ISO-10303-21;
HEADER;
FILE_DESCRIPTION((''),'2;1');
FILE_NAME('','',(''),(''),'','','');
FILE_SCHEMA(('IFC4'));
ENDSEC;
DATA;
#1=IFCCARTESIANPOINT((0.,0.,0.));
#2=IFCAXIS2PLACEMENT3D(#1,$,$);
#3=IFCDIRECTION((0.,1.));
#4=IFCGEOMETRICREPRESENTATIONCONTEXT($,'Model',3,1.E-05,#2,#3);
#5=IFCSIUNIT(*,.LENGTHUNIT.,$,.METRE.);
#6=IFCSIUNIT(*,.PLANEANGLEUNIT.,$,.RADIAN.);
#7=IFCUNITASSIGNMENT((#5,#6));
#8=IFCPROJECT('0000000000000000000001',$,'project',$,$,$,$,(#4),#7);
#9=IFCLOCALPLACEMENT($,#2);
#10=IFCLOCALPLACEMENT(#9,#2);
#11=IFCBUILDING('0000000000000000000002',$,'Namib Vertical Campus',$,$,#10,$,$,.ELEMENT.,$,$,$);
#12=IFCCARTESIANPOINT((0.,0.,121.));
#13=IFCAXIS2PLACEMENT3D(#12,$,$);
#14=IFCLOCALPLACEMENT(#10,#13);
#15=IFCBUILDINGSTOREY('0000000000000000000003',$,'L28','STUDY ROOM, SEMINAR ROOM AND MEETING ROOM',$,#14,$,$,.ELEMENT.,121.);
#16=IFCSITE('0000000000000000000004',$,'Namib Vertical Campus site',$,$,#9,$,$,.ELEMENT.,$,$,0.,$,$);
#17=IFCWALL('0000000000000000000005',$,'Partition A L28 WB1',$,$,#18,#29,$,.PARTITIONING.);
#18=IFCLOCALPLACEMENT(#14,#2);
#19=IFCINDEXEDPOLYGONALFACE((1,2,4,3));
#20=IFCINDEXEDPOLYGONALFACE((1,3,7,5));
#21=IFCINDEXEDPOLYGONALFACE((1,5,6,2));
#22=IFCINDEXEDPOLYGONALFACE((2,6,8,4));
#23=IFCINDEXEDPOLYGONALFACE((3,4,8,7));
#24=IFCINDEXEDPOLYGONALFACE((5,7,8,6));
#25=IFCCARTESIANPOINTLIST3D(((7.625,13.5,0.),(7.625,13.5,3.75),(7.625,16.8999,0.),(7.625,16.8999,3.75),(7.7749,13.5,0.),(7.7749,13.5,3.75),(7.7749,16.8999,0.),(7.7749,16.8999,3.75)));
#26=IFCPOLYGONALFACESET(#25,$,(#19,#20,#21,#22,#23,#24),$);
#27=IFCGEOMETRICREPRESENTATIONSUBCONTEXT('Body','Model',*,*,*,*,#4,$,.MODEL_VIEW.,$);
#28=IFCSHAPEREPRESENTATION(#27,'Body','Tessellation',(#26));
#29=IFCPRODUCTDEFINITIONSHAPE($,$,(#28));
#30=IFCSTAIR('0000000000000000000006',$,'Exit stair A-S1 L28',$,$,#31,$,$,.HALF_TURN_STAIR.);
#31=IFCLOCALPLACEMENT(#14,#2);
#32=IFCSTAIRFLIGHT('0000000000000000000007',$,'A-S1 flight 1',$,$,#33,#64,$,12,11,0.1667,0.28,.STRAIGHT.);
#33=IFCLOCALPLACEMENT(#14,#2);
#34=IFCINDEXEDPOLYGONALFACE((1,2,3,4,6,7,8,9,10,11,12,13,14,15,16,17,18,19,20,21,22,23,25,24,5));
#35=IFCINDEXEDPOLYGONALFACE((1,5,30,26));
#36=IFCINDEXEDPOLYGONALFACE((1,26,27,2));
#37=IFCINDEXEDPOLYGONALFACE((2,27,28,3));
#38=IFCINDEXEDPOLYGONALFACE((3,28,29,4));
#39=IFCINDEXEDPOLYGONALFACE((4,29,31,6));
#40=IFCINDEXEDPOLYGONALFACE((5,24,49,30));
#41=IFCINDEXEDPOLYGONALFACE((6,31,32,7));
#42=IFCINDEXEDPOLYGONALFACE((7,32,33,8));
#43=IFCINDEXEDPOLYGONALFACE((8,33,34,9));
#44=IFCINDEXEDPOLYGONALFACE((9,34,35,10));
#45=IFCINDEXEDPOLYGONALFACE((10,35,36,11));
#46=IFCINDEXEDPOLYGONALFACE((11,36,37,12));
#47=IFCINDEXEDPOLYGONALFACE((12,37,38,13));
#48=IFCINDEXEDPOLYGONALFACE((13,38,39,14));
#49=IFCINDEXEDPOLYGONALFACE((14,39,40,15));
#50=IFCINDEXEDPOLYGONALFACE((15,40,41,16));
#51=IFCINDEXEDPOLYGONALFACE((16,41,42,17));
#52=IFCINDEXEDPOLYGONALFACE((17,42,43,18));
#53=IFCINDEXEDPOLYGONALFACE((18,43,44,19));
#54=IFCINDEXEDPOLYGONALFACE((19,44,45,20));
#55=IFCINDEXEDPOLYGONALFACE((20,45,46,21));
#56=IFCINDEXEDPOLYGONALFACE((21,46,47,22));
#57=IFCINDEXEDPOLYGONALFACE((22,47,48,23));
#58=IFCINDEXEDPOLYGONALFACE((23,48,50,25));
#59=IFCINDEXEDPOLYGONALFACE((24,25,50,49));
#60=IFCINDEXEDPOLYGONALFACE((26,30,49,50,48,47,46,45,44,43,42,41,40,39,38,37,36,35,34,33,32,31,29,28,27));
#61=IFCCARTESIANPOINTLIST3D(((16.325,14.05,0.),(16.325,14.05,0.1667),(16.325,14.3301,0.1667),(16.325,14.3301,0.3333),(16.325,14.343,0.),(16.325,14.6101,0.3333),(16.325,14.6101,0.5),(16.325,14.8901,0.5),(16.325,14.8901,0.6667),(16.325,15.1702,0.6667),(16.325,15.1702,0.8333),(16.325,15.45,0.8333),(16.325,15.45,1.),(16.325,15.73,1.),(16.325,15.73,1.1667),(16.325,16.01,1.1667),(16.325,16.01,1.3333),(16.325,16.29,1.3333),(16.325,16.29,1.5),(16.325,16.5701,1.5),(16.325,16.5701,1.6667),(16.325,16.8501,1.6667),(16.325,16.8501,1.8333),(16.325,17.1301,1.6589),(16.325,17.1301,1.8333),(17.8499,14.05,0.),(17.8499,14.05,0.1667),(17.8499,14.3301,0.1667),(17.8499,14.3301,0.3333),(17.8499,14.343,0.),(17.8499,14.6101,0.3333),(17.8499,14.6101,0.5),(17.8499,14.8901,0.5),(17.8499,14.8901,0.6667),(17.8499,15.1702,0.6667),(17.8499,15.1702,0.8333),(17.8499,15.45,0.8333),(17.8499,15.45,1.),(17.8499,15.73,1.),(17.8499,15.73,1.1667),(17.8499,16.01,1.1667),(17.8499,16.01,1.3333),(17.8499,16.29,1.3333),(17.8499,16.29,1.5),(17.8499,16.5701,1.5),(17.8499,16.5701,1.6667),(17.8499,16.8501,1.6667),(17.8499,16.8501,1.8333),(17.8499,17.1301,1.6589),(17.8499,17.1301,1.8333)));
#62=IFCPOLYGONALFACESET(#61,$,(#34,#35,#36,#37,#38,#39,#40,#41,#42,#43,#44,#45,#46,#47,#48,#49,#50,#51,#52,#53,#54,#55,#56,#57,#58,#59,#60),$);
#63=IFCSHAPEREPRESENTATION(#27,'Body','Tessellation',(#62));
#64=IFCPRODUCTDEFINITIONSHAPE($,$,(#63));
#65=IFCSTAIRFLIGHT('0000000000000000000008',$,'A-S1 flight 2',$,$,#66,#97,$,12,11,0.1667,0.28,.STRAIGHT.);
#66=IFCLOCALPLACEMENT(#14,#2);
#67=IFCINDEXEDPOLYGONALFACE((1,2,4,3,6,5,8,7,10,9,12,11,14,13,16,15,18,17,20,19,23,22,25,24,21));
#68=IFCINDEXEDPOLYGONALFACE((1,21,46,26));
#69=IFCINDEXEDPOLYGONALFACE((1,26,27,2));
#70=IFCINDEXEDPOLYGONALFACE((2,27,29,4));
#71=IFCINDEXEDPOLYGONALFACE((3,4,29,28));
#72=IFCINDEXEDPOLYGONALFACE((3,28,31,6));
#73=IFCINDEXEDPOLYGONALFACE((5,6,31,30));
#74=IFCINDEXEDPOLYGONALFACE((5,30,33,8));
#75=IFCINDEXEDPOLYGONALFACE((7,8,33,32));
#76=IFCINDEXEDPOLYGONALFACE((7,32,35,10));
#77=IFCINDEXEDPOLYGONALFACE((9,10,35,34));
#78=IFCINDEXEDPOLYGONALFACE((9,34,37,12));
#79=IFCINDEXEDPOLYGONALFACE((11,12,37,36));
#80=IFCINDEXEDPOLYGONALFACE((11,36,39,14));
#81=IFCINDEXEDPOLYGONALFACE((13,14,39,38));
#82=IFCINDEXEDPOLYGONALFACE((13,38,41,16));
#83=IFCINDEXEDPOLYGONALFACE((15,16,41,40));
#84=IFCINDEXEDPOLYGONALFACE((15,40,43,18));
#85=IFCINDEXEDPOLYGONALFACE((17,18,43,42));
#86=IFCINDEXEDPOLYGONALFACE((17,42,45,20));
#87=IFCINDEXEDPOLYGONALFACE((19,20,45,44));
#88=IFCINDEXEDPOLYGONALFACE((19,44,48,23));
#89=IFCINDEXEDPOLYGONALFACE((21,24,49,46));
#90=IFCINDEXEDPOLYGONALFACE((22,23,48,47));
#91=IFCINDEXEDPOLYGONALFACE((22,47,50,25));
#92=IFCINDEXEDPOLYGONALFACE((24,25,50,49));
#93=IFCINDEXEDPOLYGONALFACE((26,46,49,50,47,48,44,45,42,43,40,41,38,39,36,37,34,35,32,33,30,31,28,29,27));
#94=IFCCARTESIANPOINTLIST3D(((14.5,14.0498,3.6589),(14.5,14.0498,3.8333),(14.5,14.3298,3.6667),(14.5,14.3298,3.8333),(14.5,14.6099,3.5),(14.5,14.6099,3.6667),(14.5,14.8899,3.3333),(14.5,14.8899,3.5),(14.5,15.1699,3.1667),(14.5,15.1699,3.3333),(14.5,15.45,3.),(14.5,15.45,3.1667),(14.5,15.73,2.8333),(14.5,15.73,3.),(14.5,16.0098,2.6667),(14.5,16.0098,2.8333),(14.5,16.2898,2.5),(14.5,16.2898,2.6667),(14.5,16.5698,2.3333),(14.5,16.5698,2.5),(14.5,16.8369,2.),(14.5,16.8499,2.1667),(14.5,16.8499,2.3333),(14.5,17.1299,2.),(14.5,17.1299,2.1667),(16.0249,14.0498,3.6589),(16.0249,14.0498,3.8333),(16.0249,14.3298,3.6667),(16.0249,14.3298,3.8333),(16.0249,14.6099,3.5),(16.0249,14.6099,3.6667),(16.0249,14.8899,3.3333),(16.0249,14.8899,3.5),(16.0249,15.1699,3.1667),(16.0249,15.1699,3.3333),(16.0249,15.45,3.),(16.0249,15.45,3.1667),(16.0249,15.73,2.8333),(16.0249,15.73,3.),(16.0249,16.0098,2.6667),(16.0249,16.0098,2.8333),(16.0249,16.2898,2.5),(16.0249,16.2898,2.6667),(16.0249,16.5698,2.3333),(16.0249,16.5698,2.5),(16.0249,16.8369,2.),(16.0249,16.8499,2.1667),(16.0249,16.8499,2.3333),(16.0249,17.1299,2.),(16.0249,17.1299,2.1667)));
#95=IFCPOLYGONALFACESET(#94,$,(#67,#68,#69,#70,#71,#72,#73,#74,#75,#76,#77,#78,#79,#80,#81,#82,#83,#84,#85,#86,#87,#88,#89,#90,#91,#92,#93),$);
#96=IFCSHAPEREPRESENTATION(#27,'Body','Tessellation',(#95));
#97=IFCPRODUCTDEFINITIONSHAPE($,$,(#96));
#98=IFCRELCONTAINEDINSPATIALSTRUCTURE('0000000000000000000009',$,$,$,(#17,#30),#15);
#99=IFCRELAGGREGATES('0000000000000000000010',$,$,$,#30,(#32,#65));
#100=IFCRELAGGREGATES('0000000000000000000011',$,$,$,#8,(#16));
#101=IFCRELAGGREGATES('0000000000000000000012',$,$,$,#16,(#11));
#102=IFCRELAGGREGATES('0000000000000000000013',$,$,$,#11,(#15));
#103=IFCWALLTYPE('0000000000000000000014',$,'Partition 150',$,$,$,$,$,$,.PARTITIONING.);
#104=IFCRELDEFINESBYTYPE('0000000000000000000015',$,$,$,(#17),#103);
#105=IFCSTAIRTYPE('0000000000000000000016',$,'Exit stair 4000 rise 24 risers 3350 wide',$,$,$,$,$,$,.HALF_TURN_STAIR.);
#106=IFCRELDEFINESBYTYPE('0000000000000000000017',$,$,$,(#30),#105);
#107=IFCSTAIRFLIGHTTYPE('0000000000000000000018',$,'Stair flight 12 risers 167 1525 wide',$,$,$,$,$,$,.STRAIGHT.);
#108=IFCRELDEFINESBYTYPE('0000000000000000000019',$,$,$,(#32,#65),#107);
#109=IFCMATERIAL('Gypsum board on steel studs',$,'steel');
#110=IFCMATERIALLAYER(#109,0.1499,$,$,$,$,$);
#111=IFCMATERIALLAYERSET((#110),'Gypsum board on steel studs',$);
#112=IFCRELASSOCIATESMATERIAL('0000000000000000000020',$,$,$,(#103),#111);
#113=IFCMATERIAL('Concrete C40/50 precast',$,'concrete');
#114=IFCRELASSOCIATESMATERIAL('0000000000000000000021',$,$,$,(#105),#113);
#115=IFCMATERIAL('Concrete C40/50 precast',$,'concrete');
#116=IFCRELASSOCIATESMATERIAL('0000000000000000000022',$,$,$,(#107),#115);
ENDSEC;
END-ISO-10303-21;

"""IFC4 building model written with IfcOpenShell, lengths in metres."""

from ifc_helpers import new_model, si_unit, direction, frame, frame_2d, origin, place, context, subcontext, project, spatial, polyline, rectangle, outline, extrude, material, layer, layer_set, type_object, element, aggregate, save


model = new_model("IFC4")

# Units and contexts
model_context = context("Model", 3, precision=1e-05, world=origin(), true_north=direction((0.0, 1.0)))
body_context = subcontext(model_context, "Body", "Model", "MODEL_VIEW")
ifc_project = project(units=[si_unit("LENGTHUNIT", "METRE"), si_unit("PLANEANGLEUNIT", "RADIAN")], contexts=[model_context])

# Site, building, storey
site_placement = place(None, origin())
site = spatial("IfcSite", under=ifc_project, at=site_placement, Name="Namib Vertical Campus site", CompositionType="ELEMENT", RefElevation=0.0)
building_placement = place(site_placement, origin())
building = spatial("IfcBuilding", under=site, at=building_placement, Name="Namib Vertical Campus", CompositionType="ELEMENT")
storey_placement = place(building_placement, frame((0.0, 0.0, 121.0)))
storey = spatial("IfcBuildingStorey", under=building, at=storey_placement, Name="L28", Description="STUDY ROOM, SEMINAR ROOM AND MEETING ROOM", CompositionType="ELEMENT", Elevation=121.0)

# Wall
ifc_material_1 = material(Name="Gypsum board on steel studs", Category="steel")
ifc_layer_1 = layer(ifc_material_1, 0.1499)
ifc_layer_set_1 = layer_set([ifc_layer_1], Name="Gypsum board on steel studs")
wall_type_1 = type_object("IfcWallType", Name="Partition 150", PredefinedType="PARTITIONING", material=ifc_layer_set_1)
wall_1_placement = place(storey_placement, frame((7.7, 13.5, 0.0), z_axis=(0.0, 0.0, 1.0), x_axis=(0.0, 1.0, 0.0)))
element("IfcWall", 1, at=wall_1_placement, inside=storey, type_object=wall_type_1, Name="Partition A L28 WB1", PredefinedType="PARTITIONING", context=body_context, shape_type="SweptSolid", body=[
    extrude(rectangle(XDim=3.3999, YDim=0.1499, at=frame_2d((1.7, 0.0))), origin(), (0.0, 0.0, 1.0), 3.75),
])

# Stair, stair flights
ifc_material_2 = material(Name="Concrete C40/50 precast", Category="concrete")
stair_type = type_object("IfcStairType", Name="Exit stair 4000 rise 24 risers 3350 wide", PredefinedType="HALF_TURN_STAIR", material=ifc_material_2)
stair_placement = place(storey_placement, origin())
stair = element("IfcStair", 2, at=stair_placement, inside=storey, type_object=stair_type, Name="Exit stair A-S1 L28", PredefinedType="HALF_TURN_STAIR")
ifc_material_3 = material(Name="Concrete C40/50 precast", Category="concrete")
stair_flight_type = type_object("IfcStairFlightType", Name="Stair flight 12 risers 167 1525 wide", PredefinedType="STRAIGHT", material=ifc_material_3)
stair_flight_1_placement = place(storey_placement, frame((17.0874, 14.05, 0.0), z_axis=(0.0, 0.0, 1.0), x_axis=(0.0, 1.0, 0.0)))
stair_flight_1 = element("IfcStairFlight", 3, at=stair_flight_1_placement, type_object=stair_flight_type, Name="A-S1 flight 1", NumberOfRisers=12, NumberOfTreads=11, PredefinedType="STRAIGHT", RiserHeight=0.1667, TreadLength=0.28, context=body_context, shape_type="SweptSolid", body=[
    extrude(outline(polyline([(0.0, 0.0), (0.0, 0.1667), (0.28, 0.1667), (0.28, 0.3333), (0.5601, 0.3333), (0.5601, 0.5), (0.8401, 0.5), (0.8401, 0.6667), (1.1201, 0.6667), (1.1201, 0.8333), (1.3999, 0.8333), (1.3999, 1.0), (1.6799, 1.0), (1.6799, 1.1667), (1.96, 1.1667), (1.96, 1.3333), (2.24, 1.3333), (2.24, 1.5), (2.52, 1.5), (2.52, 1.6667), (2.8, 1.6667), (2.8, 1.8333), (3.0801, 1.8333), (3.0801, 2.0), (3.0801, 1.6589), (0.293, 0.0), (0.0, 0.0)])), frame((0.0, 0.7625, 0.0), z_axis=(0.0, -1.0, 0.0), x_axis=(1.0, 0.0, 0.0)), (0.0, 0.0, 1.0), 1.5249),
])
stair_flight_2_placement = place(storey_placement, frame((15.2625, 17.1299, 2.0), z_axis=(0.0, 0.0, 1.0), x_axis=(0.0, -1.0, 0.0)))
stair_flight_2 = element("IfcStairFlight", 4, at=stair_flight_2_placement, type_object=stair_flight_type, Name="A-S1 flight 2", NumberOfRisers=12, NumberOfTreads=11, PredefinedType="STRAIGHT", RiserHeight=0.1667, TreadLength=0.28, context=body_context, shape_type="SweptSolid", body=[
    extrude(outline(polyline([(0.0, 0.0), (0.0, 0.1667), (0.28, 0.1667), (0.28, 0.3333), (0.5601, 0.3333), (0.5601, 0.5), (0.8401, 0.5), (0.8401, 0.6667), (1.1201, 0.6667), (1.1201, 0.8333), (1.3999, 0.8333), (1.3999, 1.0), (1.6799, 1.0), (1.6799, 1.1667), (1.96, 1.1667), (1.96, 1.3333), (2.24, 1.3333), (2.24, 1.5), (2.52, 1.5), (2.52, 1.6667), (2.8, 1.6667), (2.8, 1.8333), (3.0801, 1.8333), (3.0801, 2.0), (3.0801, 1.6589), (0.293, 0.0), (0.0, 0.0)])), frame((0.0, 0.7625, 0.0), z_axis=(0.0, -1.0, 0.0), x_axis=(1.0, 0.0, 0.0)), (0.0, 0.0, 1.0), 1.5249),
])
aggregate(stair, [stair_flight_1, stair_flight_2])

save(model, "model.ifc")
